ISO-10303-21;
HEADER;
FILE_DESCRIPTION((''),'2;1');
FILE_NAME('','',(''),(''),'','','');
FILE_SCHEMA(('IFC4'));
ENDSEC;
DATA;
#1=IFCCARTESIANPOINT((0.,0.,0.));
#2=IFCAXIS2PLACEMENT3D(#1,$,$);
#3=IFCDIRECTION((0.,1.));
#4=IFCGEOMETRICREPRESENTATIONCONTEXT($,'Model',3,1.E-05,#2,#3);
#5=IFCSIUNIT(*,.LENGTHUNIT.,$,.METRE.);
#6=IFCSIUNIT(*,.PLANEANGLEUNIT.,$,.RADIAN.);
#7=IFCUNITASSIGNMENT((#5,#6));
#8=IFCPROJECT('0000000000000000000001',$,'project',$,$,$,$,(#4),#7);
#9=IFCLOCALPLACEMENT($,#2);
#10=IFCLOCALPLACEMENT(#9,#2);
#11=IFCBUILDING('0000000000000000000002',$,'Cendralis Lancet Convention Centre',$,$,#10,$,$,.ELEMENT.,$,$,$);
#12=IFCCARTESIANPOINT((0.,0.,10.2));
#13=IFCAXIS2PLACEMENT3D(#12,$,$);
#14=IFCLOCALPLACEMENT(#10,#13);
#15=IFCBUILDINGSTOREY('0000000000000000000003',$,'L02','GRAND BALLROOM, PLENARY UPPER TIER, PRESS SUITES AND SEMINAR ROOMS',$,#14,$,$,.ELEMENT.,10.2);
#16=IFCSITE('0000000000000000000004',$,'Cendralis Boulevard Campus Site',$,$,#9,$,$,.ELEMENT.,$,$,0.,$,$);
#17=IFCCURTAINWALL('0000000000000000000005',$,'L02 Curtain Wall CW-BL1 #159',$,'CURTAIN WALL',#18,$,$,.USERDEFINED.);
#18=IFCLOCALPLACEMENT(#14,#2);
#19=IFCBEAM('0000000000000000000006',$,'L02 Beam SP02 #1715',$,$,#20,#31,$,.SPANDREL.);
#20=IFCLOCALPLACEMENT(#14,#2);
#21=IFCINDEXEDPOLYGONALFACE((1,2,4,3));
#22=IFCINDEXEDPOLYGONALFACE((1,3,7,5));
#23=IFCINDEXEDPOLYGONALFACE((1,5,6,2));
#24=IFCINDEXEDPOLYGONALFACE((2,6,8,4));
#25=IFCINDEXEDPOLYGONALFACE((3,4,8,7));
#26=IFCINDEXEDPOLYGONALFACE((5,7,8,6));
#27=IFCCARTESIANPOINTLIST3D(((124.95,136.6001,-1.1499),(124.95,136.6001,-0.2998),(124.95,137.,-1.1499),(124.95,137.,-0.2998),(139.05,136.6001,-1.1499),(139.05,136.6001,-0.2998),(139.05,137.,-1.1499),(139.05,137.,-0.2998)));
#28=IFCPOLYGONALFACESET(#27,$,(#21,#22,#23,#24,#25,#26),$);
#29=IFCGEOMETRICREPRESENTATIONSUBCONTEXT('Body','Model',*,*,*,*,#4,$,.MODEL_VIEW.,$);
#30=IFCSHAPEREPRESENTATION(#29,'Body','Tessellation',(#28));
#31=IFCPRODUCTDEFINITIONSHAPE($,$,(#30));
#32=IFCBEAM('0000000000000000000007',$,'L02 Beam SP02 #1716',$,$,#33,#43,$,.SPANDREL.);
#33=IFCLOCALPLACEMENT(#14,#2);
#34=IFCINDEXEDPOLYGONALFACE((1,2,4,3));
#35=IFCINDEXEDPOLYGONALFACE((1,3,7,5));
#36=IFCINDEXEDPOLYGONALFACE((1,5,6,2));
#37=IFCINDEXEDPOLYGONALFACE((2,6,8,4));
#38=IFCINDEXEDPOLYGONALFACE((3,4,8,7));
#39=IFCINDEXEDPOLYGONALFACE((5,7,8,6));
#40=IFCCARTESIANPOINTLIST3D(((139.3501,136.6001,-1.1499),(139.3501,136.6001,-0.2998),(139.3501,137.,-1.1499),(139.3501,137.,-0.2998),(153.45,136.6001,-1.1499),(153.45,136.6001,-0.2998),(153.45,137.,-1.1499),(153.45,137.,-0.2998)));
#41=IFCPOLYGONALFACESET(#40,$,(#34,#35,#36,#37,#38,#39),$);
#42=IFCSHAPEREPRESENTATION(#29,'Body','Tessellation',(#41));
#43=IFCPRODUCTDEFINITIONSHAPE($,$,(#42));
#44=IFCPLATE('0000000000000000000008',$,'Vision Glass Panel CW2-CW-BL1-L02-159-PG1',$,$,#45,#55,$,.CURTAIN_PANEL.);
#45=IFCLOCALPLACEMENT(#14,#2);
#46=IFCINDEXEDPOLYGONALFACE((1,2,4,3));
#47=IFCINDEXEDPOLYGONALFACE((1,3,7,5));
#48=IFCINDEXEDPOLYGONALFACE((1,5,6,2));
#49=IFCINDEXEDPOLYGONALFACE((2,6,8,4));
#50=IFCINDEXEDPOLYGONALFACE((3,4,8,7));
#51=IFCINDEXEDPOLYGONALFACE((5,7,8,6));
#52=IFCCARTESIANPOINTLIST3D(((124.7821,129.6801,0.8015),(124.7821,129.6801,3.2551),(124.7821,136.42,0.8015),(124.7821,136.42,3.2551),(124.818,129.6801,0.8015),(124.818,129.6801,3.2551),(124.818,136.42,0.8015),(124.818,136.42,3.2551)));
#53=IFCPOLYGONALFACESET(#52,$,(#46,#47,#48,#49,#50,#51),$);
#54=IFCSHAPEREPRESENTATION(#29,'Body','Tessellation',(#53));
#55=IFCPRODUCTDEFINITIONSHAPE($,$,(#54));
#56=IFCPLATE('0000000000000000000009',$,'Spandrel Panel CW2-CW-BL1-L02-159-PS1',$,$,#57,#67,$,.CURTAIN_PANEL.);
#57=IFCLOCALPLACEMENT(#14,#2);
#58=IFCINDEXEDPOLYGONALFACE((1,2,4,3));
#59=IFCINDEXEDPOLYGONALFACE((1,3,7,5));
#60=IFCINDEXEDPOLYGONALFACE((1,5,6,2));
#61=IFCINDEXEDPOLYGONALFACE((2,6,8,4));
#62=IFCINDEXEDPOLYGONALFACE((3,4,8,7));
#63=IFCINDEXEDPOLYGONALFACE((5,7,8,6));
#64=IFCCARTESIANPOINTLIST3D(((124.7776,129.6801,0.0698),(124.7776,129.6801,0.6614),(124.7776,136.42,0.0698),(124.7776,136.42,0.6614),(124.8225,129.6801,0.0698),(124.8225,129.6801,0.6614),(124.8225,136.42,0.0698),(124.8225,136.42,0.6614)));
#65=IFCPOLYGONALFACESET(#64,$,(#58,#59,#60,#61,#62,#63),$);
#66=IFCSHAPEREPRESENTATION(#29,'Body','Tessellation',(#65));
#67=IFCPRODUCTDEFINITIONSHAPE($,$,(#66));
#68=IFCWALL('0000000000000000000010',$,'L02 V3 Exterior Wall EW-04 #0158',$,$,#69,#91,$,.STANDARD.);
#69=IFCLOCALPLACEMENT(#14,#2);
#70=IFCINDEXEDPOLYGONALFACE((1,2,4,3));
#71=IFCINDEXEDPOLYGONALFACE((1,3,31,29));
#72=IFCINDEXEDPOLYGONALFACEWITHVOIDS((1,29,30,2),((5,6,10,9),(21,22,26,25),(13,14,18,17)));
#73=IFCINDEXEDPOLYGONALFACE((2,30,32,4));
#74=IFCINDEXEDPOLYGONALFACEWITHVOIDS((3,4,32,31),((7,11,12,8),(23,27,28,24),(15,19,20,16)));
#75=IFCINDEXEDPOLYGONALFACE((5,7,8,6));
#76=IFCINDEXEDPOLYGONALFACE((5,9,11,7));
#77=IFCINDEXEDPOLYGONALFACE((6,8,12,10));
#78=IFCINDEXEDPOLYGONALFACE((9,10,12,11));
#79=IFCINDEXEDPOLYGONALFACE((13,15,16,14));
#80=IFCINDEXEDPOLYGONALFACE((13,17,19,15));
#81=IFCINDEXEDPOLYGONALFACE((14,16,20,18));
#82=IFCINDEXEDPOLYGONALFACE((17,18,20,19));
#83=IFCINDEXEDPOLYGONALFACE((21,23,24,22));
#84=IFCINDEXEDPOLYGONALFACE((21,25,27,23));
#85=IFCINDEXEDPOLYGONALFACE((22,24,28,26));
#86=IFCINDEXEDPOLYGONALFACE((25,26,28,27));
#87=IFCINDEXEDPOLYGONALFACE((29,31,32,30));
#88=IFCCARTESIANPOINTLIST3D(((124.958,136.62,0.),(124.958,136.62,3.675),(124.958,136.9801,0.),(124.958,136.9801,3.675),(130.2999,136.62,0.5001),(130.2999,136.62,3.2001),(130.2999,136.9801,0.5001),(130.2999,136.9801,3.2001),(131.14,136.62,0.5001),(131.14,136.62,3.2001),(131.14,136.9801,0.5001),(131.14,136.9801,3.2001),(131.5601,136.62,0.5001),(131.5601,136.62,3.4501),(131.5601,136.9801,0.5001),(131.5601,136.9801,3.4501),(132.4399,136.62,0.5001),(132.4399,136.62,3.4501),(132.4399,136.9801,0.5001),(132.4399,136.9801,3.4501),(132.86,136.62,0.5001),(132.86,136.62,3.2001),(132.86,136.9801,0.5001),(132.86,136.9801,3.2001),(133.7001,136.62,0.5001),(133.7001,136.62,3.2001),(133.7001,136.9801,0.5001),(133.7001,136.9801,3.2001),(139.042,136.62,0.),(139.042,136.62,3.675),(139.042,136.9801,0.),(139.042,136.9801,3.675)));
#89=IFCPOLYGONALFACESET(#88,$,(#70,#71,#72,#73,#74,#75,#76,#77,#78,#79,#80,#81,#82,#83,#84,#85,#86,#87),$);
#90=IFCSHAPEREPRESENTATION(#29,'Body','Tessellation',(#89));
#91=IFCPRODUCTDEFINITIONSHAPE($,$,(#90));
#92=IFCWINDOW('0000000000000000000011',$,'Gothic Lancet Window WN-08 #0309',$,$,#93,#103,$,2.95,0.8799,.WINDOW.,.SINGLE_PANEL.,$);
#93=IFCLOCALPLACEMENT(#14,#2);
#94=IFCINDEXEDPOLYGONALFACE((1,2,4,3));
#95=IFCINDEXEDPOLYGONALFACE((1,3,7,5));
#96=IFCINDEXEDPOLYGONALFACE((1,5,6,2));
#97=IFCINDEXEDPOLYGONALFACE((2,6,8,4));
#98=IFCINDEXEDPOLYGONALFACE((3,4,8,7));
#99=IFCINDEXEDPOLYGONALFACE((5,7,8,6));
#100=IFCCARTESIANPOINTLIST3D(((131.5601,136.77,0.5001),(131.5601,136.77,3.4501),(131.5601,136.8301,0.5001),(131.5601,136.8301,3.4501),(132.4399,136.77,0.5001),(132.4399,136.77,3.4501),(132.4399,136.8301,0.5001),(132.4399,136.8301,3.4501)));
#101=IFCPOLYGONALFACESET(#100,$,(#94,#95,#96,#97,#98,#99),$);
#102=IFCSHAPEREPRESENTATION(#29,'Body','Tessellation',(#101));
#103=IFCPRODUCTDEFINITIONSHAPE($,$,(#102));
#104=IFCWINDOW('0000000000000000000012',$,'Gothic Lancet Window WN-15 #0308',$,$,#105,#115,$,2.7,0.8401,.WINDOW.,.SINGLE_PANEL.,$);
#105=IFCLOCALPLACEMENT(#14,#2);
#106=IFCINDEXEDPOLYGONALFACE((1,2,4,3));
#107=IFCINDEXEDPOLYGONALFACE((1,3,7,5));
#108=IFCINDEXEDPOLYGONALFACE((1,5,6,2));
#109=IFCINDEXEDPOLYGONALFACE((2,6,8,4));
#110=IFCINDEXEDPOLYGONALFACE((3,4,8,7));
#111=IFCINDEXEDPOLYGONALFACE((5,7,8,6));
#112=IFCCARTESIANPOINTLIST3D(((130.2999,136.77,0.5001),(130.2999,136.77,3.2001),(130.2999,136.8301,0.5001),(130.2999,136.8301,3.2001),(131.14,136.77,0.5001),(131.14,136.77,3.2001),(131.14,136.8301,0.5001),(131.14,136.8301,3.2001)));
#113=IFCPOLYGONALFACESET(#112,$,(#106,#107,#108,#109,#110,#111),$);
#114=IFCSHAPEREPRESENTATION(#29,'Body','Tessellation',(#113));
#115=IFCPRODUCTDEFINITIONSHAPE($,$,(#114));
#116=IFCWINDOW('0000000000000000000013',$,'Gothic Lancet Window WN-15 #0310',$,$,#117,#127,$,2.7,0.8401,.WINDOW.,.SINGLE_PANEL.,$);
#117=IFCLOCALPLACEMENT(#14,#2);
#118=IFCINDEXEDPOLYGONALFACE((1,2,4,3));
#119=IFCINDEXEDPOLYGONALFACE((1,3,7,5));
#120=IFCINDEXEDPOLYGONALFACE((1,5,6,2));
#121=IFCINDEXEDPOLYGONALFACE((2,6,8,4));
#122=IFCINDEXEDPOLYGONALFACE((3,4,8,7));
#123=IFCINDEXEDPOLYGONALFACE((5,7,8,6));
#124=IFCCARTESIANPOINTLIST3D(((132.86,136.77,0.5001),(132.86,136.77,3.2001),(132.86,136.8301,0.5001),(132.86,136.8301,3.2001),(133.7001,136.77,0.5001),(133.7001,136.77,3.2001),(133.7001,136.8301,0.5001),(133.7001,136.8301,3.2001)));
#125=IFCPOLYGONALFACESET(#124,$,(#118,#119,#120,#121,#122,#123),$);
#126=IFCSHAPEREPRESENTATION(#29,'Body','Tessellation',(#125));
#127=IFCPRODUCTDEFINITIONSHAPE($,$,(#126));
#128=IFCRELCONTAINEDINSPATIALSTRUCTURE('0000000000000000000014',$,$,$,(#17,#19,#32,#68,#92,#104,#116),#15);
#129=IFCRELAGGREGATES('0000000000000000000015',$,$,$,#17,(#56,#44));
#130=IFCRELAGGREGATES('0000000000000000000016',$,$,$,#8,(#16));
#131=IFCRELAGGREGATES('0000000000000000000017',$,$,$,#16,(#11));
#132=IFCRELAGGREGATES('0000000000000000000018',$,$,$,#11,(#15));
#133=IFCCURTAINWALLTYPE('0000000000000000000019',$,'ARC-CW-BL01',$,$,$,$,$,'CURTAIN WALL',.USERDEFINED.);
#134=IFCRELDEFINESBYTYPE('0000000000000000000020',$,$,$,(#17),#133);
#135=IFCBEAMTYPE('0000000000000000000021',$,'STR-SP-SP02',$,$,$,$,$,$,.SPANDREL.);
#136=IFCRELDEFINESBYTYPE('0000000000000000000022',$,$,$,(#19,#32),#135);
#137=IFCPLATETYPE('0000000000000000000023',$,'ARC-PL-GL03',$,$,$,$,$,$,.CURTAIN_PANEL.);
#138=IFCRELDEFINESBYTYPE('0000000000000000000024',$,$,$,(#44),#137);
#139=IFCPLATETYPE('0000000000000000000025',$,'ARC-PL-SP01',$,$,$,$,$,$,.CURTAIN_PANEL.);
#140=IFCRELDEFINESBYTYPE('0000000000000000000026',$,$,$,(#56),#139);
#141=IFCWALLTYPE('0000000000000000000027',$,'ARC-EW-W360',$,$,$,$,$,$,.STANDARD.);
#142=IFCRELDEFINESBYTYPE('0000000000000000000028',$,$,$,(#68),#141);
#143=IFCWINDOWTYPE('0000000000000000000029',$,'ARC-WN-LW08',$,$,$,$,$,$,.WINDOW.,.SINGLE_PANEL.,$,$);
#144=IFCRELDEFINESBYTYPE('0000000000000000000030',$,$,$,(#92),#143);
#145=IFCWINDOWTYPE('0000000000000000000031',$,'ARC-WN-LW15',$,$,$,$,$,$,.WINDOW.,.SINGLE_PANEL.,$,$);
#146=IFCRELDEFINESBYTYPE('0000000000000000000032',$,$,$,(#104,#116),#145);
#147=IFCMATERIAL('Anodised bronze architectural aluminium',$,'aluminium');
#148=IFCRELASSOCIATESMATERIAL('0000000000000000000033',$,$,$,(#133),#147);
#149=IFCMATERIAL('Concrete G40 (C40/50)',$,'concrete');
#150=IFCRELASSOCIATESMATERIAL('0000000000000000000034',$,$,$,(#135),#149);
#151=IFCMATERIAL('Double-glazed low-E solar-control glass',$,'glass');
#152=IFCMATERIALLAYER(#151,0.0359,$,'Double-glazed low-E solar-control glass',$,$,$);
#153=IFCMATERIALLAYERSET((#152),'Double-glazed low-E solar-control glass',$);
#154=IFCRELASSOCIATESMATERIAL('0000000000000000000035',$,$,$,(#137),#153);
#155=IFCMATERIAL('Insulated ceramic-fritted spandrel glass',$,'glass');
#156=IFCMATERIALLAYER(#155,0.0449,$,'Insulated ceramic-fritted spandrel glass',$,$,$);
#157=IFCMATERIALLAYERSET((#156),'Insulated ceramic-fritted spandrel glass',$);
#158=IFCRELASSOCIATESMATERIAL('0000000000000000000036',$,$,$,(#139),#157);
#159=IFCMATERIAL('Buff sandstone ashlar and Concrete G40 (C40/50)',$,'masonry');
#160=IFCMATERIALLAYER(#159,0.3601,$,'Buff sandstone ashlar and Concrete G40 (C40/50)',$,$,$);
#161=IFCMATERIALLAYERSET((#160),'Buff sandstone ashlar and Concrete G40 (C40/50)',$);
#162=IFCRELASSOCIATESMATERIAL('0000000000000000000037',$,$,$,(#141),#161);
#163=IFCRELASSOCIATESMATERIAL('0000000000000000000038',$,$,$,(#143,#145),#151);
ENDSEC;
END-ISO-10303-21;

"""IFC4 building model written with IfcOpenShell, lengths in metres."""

from ifc_helpers import new_model, si_unit, direction, frame, frame_2d, origin, origin_2d, place, context, subcontext, project, spatial, rectangle, extrude, material, layer, layer_set, material_profile, profile_set, type_object, element, fill, aggregate, save


model = new_model("IFC4")

# Units and contexts
model_context = context("Model", 3, precision=1e-05, world=origin(), true_north=direction((0.0, 1.0)))
body_context = subcontext(model_context, "Body", "Model", "MODEL_VIEW")
ifc_project = project(units=[si_unit("LENGTHUNIT", "METRE"), si_unit("PLANEANGLEUNIT", "RADIAN")], contexts=[model_context])

# Site, building, storey
site_placement = place(None, origin())
site = spatial("IfcSite", under=ifc_project, at=site_placement, Name="Cendralis Boulevard Campus Site", CompositionType="ELEMENT", RefElevation=0.0)
building_placement = place(site_placement, origin())
building = spatial("IfcBuilding", under=site, at=building_placement, Name="Cendralis Lancet Convention Centre", CompositionType="ELEMENT")
storey_placement = place(building_placement, frame((0.0, 0.0, 10.2)))
storey = spatial("IfcBuildingStorey", under=building, at=storey_placement, Name="L02", Description="GRAND BALLROOM, PLENARY UPPER TIER, PRESS SUITES AND SEMINAR ROOMS", CompositionType="ELEMENT", Elevation=10.2)

# Curtain wall
ifc_material_1 = material(Name="Anodised bronze architectural aluminium", Category="aluminium")
curtain_wall_type = type_object("IfcCurtainWallType", Name="ARC-CW-BL01", ElementType="CURTAIN WALL", PredefinedType="USERDEFINED", material=ifc_material_1)
curtain_wall_placement = place(storey_placement, origin())
curtain_wall = element("IfcCurtainWall", 1, at=curtain_wall_placement, inside=storey, type_object=curtain_wall_type, Name="L02 Curtain Wall CW-BL1 #159", ObjectType="CURTAIN WALL", PredefinedType="USERDEFINED")

# Beams
ifc_material_2 = material(Name="Concrete G40 (C40/50)", Category="concrete")
ifc_material_profile_1 = material_profile(ifc_material_2, rectangle(XDim=0.3999, YDim=0.8501, at=origin_2d()), Name="RCB 400x850")
ifc_profile_set_1 = profile_set([ifc_material_profile_1], Name="Concrete G40 (C40/50)")
beam_type = type_object("IfcBeamType", Name="STR-SP-SP02", PredefinedType="SPANDREL", material=ifc_profile_set_1)
beam_1_placement = place(storey_placement, frame((124.95, 136.8, -0.7249), z_axis=(1.0, 0.0, 0.0), x_axis=(0.0, 1.0, 0.0)))
element("IfcBeam", 2, at=beam_1_placement, inside=storey, type_object=beam_type, Name="L02 Beam SP02 #1715", PredefinedType="SPANDREL", context=body_context, shape_type="SweptSolid", body=[
    extrude(rectangle(XDim=0.3999, YDim=0.8501, at=origin_2d()), origin(), (0.0, 0.0, 1.0), 14.1001),
])
beam_2_placement = place(storey_placement, frame((139.3501, 136.8, -0.7249), z_axis=(1.0, 0.0, 0.0), x_axis=(0.0, 1.0, 0.0)))
element("IfcBeam", 3, at=beam_2_placement, inside=storey, type_object=beam_type, Name="L02 Beam SP02 #1716", PredefinedType="SPANDREL", context=body_context, shape_type="SweptSolid", body=[
    extrude(rectangle(XDim=0.3999, YDim=0.8501, at=origin_2d()), origin(), (0.0, 0.0, 1.0), 14.0999),
])

# Plates
ifc_material_3 = material(Name="Double-glazed low-E solar-control glass", Category="glass")
ifc_layer_1 = layer(ifc_material_3, 0.0359, Name="Double-glazed low-E solar-control glass")
ifc_layer_set_1 = layer_set([ifc_layer_1], Name="Double-glazed low-E solar-control glass")
plate_type_1 = type_object("IfcPlateType", Name="ARC-PL-GL03", PredefinedType="CURTAIN_PANEL", material=ifc_layer_set_1)
plate_1_placement = place(storey_placement, frame((124.8, 133.05, 0.8015), z_axis=(0.0, 0.0, 1.0), x_axis=(0.0, 1.0, 0.0)))
plate_1 = element("IfcPlate", 4, at=plate_1_placement, type_object=plate_type_1, Name="Vision Glass Panel CW2-CW-BL1-L02-159-PG1", PredefinedType="CURTAIN_PANEL", context=body_context, shape_type="SweptSolid", body=[
    extrude(rectangle(XDim=6.74, YDim=0.0359, at=origin_2d()), origin(), (0.0, 0.0, 1.0), 2.4536),
])
ifc_material_4 = material(Name="Insulated ceramic-fritted spandrel glass", Category="glass")
ifc_layer_2 = layer(ifc_material_4, 0.0449, Name="Insulated ceramic-fritted spandrel glass")
ifc_layer_set_2 = layer_set([ifc_layer_2], Name="Insulated ceramic-fritted spandrel glass")
plate_type_2 = type_object("IfcPlateType", Name="ARC-PL-SP01", PredefinedType="CURTAIN_PANEL", material=ifc_layer_set_2)
plate_2_placement = place(storey_placement, frame((124.8, 133.05, 0.0698), z_axis=(0.0, 0.0, 1.0), x_axis=(0.0, 1.0, 0.0)))
plate_2 = element("IfcPlate", 5, at=plate_2_placement, type_object=plate_type_2, Name="Spandrel Panel CW2-CW-BL1-L02-159-PS1", PredefinedType="CURTAIN_PANEL", context=body_context, shape_type="SweptSolid", body=[
    extrude(rectangle(XDim=6.74, YDim=0.0449, at=origin_2d()), origin(), (0.0, 0.0, 1.0), 0.5916),
])
aggregate(curtain_wall, [plate_2, plate_1])

# Wall, openings, windows
ifc_material_5 = material(Name="Buff sandstone ashlar and Concrete G40 (C40/50)", Category="masonry")
ifc_layer_3 = layer(ifc_material_5, 0.3601, Name="Buff sandstone ashlar and Concrete G40 (C40/50)")
ifc_layer_set_3 = layer_set([ifc_layer_3], Name="Buff sandstone ashlar and Concrete G40 (C40/50)")
wall_type_1 = type_object("IfcWallType", Name="ARC-EW-W360", PredefinedType="STANDARD", material=ifc_layer_set_3)
wall_1_placement = place(storey_placement, frame((124.958, 136.8, 0.0), z_axis=(0.0, 0.0, 1.0), x_axis=(1.0, 0.0, 0.0)))
wall_1 = element("IfcWall", 6, at=wall_1_placement, inside=storey, type_object=wall_type_1, Name="L02 V3 Exterior Wall EW-04 #0158", PredefinedType="STANDARD", context=body_context, shape_type="SweptSolid", body=[
    extrude(rectangle(XDim=14.084, YDim=0.3601, at=frame_2d((7.042, 0.0))), origin(), (0.0, 0.0, 1.0), 3.675),
])
opening_1_placement = place(wall_1_placement, frame((5.342, 0.0, 0.5)))
opening_1 = element("IfcOpeningElement", 7, at=opening_1_placement, cuts=wall_1, PredefinedType="OPENING", context=body_context, shape_type="SweptSolid", body=[
    extrude(rectangle(XDim=0.8401, YDim=2.7, at=frame_2d((0.4199, 1.3501))), frame((0.0, 0.1899, 0.0), z_axis=(0.0, -1.0, 0.0), x_axis=(1.0, 0.0, 0.0)), (0.0, 0.0, 1.0), 0.3801),
])
opening_2_placement = place(wall_1_placement, frame((6.6021, 0.0, 0.5)))
opening_2 = element("IfcOpeningElement", 8, at=opening_2_placement, cuts=wall_1, PredefinedType="OPENING", context=body_context, shape_type="SweptSolid", body=[
    extrude(rectangle(XDim=0.8799, YDim=2.95, at=frame_2d((0.4399, 1.4751))), frame((0.0, 0.1899, 0.0), z_axis=(0.0, -1.0, 0.0), x_axis=(1.0, 0.0, 0.0)), (0.0, 0.0, 1.0), 0.3801),
])
opening_3_placement = place(wall_1_placement, frame((7.9021, 0.0, 0.5)))
opening_3 = element("IfcOpeningElement", 9, at=opening_3_placement, cuts=wall_1, PredefinedType="OPENING", context=body_context, shape_type="SweptSolid", body=[
    extrude(rectangle(XDim=0.8401, YDim=2.7, at=frame_2d((0.4199, 1.3501))), frame((0.0, 0.1899, 0.0), z_axis=(0.0, -1.0, 0.0), x_axis=(1.0, 0.0, 0.0)), (0.0, 0.0, 1.0), 0.3801),
])
window_type_1 = type_object("IfcWindowType", Name="ARC-WN-LW08", PartitioningType="SINGLE_PANEL", PredefinedType="WINDOW", material=ifc_material_3)
window_1_placement = place(opening_2_placement, origin())
window_1 = element("IfcWindow", 10, at=window_1_placement, inside=storey, type_object=window_type_1, Name="Gothic Lancet Window WN-08 #0309", OverallHeight=2.95, OverallWidth=0.8799, PartitioningType="SINGLE_PANEL", PredefinedType="WINDOW", context=body_context, shape_type="SweptSolid", body=[
    extrude(rectangle(XDim=0.8799, YDim=2.95, at=frame_2d((0.4399, 1.4751))), frame((0.0, 0.03, 0.0), z_axis=(0.0, -1.0, 0.0), x_axis=(1.0, 0.0, 0.0)), (0.0, 0.0, 1.0), 0.0601),
])
fill(opening_2, window_1)
window_type_2 = type_object("IfcWindowType", Name="ARC-WN-LW15", PartitioningType="SINGLE_PANEL", PredefinedType="WINDOW", material=ifc_material_3)
window_2_placement = place(opening_1_placement, origin())
window_2 = element("IfcWindow", 11, at=window_2_placement, inside=storey, type_object=window_type_2, Name="Gothic Lancet Window WN-15 #0308", OverallHeight=2.7, OverallWidth=0.8401, PartitioningType="SINGLE_PANEL", PredefinedType="WINDOW", context=body_context, shape_type="SweptSolid", body=[
    extrude(rectangle(XDim=0.8401, YDim=2.7, at=frame_2d((0.4199, 1.3501))), frame((0.0, 0.03, 0.0), z_axis=(0.0, -1.0, 0.0), x_axis=(1.0, 0.0, 0.0)), (0.0, 0.0, 1.0), 0.0601),
])
fill(opening_1, window_2)
window_3_placement = place(opening_3_placement, origin())
window_3 = element("IfcWindow", 12, at=window_3_placement, inside=storey, type_object=window_type_2, Name="Gothic Lancet Window WN-15 #0310", OverallHeight=2.7, OverallWidth=0.8401, PartitioningType="SINGLE_PANEL", PredefinedType="WINDOW", context=body_context, shape_type="SweptSolid", body=[
    extrude(rectangle(XDim=0.8401, YDim=2.7, at=frame_2d((0.4199, 1.3501))), frame((0.0, 0.03, 0.0), z_axis=(0.0, -1.0, 0.0), x_axis=(1.0, 0.0, 0.0)), (0.0, 0.0, 1.0), 0.0601),
])
fill(opening_3, window_3)

save(model, "model.ifc")
